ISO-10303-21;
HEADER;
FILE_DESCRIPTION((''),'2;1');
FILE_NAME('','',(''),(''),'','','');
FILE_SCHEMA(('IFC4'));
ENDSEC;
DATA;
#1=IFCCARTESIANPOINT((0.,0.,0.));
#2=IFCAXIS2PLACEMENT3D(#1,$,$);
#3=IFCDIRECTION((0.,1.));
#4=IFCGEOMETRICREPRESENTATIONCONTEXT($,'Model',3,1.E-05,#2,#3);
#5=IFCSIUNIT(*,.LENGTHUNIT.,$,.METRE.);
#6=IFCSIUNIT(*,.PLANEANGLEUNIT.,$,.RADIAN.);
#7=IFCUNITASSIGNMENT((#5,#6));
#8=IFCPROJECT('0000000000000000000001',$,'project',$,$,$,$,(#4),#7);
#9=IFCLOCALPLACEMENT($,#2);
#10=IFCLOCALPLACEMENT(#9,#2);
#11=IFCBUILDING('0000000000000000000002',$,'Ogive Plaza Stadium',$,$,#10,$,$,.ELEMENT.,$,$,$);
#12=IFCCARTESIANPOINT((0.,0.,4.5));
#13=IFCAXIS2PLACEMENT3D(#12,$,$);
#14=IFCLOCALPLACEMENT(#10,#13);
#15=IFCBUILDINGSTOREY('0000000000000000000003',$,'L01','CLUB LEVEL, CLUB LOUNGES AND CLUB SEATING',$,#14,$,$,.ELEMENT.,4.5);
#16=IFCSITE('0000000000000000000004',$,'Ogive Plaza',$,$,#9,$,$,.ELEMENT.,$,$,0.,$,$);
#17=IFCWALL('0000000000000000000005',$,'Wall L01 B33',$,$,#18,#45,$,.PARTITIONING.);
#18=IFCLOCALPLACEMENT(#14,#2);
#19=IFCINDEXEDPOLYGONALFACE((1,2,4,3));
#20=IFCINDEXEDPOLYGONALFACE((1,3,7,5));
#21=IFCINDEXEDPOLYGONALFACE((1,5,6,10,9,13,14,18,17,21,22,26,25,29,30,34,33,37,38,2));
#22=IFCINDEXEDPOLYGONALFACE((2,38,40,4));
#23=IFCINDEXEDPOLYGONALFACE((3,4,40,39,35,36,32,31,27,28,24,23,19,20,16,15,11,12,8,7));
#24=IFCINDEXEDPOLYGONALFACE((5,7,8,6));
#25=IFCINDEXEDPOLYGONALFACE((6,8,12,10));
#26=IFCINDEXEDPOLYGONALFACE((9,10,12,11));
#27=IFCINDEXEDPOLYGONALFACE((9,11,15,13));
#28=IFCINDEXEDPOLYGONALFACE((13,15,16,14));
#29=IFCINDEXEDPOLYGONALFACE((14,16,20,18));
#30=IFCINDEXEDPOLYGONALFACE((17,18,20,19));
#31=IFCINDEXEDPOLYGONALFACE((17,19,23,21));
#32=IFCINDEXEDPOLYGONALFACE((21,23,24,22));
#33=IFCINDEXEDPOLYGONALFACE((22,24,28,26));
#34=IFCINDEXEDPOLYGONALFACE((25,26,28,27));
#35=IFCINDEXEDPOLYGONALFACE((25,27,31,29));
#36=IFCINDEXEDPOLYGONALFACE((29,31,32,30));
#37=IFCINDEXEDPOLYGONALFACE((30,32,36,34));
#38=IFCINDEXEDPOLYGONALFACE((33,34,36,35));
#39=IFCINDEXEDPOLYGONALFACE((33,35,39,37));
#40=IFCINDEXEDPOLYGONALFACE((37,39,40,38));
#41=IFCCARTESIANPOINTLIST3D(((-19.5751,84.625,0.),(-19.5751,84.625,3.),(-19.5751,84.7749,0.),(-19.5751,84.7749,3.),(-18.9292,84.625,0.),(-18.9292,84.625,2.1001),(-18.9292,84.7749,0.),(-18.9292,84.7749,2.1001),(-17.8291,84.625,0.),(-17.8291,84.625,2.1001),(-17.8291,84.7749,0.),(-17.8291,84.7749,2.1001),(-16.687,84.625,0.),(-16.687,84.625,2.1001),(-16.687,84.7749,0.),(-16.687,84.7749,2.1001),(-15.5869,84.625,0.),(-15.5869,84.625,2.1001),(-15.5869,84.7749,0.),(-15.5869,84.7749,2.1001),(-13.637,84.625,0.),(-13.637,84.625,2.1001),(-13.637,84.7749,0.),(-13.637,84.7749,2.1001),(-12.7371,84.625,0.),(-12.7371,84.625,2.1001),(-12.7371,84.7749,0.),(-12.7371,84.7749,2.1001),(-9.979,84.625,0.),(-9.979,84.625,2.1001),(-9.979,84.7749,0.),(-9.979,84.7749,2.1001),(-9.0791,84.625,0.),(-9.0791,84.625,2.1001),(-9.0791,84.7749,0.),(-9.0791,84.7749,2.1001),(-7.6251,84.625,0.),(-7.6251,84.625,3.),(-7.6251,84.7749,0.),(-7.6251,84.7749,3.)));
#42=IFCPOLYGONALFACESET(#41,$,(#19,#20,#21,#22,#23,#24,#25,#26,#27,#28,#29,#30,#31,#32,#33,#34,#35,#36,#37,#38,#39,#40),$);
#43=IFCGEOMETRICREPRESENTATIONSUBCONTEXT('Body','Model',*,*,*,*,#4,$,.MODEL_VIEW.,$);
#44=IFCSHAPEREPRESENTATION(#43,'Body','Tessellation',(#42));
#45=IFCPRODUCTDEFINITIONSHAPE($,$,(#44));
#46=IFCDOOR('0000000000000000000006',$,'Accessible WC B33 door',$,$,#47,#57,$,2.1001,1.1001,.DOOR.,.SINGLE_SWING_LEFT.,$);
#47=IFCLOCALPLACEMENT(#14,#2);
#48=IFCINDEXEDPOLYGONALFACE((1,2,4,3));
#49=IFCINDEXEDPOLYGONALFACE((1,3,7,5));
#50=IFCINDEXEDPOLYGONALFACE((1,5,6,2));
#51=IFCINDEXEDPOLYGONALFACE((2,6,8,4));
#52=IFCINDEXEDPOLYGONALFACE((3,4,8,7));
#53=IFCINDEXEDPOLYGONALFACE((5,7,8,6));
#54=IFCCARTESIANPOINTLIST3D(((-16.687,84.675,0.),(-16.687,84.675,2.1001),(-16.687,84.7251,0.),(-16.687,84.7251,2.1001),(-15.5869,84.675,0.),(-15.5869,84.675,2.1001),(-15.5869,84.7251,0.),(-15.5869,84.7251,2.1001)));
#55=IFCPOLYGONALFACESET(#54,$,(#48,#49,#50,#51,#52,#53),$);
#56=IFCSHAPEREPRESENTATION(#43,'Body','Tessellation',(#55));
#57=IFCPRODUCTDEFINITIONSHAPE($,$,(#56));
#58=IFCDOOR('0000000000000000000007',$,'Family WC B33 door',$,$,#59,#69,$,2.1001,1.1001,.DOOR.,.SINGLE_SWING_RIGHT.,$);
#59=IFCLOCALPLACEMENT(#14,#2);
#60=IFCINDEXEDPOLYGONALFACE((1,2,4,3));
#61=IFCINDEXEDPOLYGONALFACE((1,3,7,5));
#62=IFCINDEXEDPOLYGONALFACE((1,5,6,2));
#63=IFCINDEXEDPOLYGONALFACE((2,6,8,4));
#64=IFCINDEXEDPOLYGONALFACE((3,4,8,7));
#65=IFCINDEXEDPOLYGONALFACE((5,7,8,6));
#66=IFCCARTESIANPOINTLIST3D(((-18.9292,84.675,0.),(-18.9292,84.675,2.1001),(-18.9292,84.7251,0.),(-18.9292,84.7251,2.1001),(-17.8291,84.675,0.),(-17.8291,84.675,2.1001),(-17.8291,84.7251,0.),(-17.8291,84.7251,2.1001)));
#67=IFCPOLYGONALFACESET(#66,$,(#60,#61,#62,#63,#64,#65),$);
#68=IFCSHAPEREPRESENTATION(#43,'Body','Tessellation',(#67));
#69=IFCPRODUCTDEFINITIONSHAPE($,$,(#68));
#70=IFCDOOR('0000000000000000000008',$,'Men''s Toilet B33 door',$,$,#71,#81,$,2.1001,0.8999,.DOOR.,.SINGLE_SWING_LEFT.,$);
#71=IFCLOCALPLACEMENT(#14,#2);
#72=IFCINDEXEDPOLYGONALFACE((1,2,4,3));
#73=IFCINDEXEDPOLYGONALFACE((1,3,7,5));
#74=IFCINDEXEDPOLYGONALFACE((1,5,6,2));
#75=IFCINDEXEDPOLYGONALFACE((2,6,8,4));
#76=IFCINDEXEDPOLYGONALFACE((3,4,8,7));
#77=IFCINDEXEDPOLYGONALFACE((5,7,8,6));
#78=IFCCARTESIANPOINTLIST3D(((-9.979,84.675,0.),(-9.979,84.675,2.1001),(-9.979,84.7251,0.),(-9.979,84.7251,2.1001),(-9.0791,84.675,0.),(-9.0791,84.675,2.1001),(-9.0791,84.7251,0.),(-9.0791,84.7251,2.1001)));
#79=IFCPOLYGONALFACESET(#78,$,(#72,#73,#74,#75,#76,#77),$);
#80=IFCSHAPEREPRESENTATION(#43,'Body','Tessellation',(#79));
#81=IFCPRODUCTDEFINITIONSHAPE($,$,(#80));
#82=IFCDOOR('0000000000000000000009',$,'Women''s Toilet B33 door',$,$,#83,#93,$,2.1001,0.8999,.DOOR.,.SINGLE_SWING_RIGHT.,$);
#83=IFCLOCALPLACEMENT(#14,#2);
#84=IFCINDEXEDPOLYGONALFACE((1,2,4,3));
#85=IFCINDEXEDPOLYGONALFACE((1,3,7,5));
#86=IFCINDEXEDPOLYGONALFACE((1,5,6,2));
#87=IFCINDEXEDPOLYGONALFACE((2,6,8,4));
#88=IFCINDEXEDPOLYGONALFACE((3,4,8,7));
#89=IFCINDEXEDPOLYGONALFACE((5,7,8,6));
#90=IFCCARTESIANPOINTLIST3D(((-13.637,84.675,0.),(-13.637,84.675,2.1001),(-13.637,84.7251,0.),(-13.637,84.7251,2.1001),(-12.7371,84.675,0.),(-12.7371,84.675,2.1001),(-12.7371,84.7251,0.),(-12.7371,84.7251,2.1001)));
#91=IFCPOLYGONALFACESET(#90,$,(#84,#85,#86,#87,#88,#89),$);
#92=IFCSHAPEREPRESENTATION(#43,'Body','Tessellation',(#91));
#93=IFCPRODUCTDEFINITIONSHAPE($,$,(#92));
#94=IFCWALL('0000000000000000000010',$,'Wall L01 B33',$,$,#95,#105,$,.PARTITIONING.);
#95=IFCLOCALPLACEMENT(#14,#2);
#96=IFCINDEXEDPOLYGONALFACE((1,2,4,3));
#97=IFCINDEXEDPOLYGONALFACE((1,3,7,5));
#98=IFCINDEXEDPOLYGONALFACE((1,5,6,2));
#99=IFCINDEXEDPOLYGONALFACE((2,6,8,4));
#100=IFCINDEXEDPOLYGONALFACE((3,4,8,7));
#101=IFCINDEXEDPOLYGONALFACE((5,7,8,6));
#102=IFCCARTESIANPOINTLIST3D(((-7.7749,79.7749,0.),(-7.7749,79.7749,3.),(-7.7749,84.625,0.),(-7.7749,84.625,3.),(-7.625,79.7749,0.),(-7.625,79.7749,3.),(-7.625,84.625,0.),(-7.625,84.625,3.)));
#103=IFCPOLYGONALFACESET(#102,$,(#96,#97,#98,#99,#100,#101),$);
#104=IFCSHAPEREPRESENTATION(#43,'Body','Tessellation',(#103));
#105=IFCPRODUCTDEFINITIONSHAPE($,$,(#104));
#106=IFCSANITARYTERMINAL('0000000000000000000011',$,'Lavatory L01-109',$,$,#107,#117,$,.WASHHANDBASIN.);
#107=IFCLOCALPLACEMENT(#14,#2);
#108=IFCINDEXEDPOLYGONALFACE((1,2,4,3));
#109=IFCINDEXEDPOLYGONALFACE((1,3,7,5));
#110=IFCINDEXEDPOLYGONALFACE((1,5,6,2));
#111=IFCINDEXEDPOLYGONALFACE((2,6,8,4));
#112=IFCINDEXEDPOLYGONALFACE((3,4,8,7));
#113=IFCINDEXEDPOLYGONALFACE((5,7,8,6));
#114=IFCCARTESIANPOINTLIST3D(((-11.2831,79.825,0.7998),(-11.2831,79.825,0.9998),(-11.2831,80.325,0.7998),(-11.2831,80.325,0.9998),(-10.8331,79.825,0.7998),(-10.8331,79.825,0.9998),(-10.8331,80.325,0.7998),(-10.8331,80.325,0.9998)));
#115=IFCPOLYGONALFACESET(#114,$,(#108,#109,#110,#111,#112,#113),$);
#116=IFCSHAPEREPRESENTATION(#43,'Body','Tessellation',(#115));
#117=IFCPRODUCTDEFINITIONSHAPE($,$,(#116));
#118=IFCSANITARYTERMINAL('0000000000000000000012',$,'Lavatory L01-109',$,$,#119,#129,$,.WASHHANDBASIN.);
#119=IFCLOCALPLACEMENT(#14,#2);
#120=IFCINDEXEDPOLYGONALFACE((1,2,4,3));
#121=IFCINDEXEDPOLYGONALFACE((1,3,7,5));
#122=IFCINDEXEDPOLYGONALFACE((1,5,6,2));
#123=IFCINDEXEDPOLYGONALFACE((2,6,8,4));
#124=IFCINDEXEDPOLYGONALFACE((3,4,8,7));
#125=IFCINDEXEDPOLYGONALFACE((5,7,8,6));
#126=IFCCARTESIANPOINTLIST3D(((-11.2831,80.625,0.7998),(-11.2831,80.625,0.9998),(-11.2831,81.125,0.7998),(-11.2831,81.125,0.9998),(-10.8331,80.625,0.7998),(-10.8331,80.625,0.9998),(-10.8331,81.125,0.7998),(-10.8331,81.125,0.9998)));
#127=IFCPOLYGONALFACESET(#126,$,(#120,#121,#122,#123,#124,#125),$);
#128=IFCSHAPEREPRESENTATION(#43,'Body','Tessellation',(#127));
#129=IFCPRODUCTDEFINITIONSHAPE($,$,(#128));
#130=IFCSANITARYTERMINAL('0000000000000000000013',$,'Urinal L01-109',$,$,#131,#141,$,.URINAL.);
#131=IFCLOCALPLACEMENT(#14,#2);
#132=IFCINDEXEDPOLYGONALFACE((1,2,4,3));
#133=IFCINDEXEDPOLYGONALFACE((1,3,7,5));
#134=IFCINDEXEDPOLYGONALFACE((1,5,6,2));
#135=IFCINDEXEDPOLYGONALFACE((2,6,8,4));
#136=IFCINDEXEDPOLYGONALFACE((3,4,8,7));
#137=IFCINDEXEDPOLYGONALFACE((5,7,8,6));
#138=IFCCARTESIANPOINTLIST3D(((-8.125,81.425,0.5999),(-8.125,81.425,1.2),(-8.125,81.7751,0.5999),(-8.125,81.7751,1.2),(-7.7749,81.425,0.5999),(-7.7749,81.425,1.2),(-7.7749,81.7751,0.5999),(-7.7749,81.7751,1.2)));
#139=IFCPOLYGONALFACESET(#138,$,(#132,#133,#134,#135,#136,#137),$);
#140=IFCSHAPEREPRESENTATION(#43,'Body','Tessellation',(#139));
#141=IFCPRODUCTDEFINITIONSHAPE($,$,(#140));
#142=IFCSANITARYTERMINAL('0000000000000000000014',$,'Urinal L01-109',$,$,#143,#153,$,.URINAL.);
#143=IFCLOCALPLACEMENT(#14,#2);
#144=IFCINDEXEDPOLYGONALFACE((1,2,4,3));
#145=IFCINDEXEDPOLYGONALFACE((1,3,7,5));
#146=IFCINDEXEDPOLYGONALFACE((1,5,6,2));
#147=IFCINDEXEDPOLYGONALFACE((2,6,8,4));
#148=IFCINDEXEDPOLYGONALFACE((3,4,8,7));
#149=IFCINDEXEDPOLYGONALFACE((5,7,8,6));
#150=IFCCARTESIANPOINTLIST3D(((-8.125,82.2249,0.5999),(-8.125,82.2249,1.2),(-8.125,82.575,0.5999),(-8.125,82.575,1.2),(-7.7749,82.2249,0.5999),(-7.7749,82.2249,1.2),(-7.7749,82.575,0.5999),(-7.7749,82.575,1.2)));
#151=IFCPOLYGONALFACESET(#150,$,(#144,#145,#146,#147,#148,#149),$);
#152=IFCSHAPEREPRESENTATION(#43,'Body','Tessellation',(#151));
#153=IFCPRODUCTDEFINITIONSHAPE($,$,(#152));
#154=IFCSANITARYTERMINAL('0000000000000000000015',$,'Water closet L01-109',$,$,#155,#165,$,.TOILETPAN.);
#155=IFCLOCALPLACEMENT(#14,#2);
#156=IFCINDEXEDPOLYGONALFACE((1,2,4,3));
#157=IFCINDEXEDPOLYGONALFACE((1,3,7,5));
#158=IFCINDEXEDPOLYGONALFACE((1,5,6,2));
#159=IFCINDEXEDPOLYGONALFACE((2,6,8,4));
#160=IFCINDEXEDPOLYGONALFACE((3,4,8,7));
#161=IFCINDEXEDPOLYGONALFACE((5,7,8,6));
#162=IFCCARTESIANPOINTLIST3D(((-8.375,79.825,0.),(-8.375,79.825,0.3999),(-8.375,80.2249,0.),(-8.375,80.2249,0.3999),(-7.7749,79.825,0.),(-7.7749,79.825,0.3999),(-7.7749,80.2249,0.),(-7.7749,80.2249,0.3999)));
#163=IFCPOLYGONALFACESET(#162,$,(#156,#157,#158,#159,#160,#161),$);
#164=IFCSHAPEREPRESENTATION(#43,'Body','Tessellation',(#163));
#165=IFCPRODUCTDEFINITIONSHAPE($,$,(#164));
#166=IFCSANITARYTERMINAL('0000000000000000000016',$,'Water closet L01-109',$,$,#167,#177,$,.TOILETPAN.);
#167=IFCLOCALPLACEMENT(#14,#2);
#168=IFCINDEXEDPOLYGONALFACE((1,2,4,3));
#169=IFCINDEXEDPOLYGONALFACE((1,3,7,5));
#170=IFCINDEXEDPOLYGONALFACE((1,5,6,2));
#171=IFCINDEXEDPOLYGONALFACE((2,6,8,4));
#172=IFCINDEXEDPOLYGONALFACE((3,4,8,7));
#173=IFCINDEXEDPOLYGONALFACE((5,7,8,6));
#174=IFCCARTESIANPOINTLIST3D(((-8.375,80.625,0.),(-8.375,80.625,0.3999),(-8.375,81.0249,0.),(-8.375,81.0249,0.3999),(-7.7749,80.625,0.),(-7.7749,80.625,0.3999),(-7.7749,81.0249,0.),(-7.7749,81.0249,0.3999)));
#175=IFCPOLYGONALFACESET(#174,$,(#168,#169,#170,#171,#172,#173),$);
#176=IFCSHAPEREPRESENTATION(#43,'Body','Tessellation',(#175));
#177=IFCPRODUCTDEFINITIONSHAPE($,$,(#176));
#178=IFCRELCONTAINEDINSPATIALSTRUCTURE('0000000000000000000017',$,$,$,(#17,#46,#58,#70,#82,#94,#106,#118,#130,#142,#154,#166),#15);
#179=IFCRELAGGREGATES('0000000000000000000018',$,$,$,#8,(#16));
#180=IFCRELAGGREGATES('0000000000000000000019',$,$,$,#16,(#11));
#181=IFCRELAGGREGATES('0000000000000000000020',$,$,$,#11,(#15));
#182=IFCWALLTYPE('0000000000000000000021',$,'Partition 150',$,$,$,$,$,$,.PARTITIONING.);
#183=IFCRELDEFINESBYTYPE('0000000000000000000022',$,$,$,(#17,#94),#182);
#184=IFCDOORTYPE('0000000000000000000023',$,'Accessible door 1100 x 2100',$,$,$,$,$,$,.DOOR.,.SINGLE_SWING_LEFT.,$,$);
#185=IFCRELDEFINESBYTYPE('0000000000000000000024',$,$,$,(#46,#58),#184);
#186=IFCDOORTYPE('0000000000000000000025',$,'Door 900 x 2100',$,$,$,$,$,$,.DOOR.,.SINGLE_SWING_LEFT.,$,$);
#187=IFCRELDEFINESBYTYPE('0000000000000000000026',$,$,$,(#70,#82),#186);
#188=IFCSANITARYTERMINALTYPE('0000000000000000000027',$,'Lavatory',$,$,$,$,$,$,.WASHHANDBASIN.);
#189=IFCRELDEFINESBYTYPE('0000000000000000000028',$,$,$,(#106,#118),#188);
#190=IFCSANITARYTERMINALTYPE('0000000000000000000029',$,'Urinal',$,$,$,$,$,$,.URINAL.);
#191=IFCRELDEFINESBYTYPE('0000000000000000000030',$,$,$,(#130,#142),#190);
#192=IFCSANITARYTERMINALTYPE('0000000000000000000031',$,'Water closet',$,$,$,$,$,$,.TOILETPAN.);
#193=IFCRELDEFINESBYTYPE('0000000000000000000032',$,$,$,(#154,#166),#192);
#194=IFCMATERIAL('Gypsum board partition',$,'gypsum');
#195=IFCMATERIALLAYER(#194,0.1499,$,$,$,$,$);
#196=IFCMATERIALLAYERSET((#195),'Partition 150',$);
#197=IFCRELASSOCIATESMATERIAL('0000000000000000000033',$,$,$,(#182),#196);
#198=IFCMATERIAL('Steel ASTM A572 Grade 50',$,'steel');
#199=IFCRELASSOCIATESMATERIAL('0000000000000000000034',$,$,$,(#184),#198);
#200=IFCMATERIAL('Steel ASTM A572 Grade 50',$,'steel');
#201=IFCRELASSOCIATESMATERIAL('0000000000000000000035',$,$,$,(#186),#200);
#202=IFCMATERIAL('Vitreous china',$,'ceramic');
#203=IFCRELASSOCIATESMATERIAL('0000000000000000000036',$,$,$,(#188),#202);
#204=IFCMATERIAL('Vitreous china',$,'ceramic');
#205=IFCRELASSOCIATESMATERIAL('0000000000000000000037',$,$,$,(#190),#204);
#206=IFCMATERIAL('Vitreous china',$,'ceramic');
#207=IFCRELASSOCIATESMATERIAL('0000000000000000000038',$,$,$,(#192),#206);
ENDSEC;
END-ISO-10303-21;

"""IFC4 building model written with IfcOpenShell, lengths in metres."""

from ifc_helpers import new_model, si_unit, direction, frame, frame_2d, origin, origin_2d, place, context, subcontext, project, spatial, rectangle, extrude, material, layer, layer_set, type_object, element, fill, save


model = new_model("IFC4")

# Units and contexts
model_context = context("Model", 3, precision=1e-05, world=origin(), true_north=direction((0.0, 1.0)))
body_context = subcontext(model_context, "Body", "Model", "MODEL_VIEW")
ifc_project = project(units=[si_unit("LENGTHUNIT", "METRE"), si_unit("PLANEANGLEUNIT", "RADIAN")], contexts=[model_context])

# Site, building, storey
site_placement = place(None, origin())
site = spatial("IfcSite", under=ifc_project, at=site_placement, Name="Ogive Plaza", CompositionType="ELEMENT", RefElevation=0.0)
building_placement = place(site_placement, origin())
building = spatial("IfcBuilding", under=site, at=building_placement, Name="Ogive Plaza Stadium", CompositionType="ELEMENT")
storey_placement = place(building_placement, frame((0.0, 0.0, 4.5)))
storey = spatial("IfcBuildingStorey", under=building, at=storey_placement, Name="L01", Description="CLUB LEVEL, CLUB LOUNGES AND CLUB SEATING", CompositionType="ELEMENT", Elevation=4.5)

# Shared definitions
ifc_material_1 = material(Name="Gypsum board partition", Category="gypsum")
ifc_layer_1 = layer(ifc_material_1, 0.1499)
ifc_layer_set_1 = layer_set([ifc_layer_1], Name="Partition 150")
wall_type_1 = type_object("IfcWallType", Name="Partition 150", PredefinedType="PARTITIONING", material=ifc_layer_set_1)

# Wall, openings, doors
wall_1_placement = place(storey_placement, frame((-7.625, 84.7, 0.0), z_axis=(0.0, 0.0, 1.0), x_axis=(-1.0, 0.0, 0.0)))
wall_1 = element("IfcWall", 1, at=wall_1_placement, inside=storey, type_object=wall_type_1, Name="Wall L01 B33", PredefinedType="PARTITIONING", context=body_context, shape_type="SweptSolid", body=[
    extrude(rectangle(XDim=11.95, YDim=0.1499, at=frame_2d((5.9751, 0.0))), origin(), (0.0, 0.0, 1.0), 3.0),
])
opening_1_placement = place(wall_1_placement, frame((1.4541, 0.0, 0.0)))
opening_1 = element("IfcOpeningElement", 2, at=opening_1_placement, cuts=wall_1, PredefinedType="OPENING", context=body_context, shape_type="SweptSolid", body=[
    extrude(rectangle(XDim=0.8999, YDim=2.1001, at=frame_2d((0.45, 1.05))), frame((0.0, 0.075, 0.0), z_axis=(0.0, -1.0, 0.0), x_axis=(1.0, 0.0, 0.0)), (0.0, 0.0, 1.0), 0.1499),
])
opening_2_placement = place(wall_1_placement, frame((5.1121, 0.0, 0.0)))
opening_2 = element("IfcOpeningElement", 3, at=opening_2_placement, cuts=wall_1, PredefinedType="OPENING", context=body_context, shape_type="SweptSolid", body=[
    extrude(rectangle(XDim=0.8999, YDim=2.1001, at=frame_2d((0.45, 1.05))), frame((0.0, 0.075, 0.0), z_axis=(0.0, -1.0, 0.0), x_axis=(1.0, 0.0, 0.0)), (0.0, 0.0, 1.0), 0.1499),
])
opening_3_placement = place(wall_1_placement, frame((7.9619, 0.0, 0.0)))
opening_3 = element("IfcOpeningElement", 4, at=opening_3_placement, cuts=wall_1, PredefinedType="OPENING", context=body_context, shape_type="SweptSolid", body=[
    extrude(rectangle(XDim=1.1001, YDim=2.1001, at=frame_2d((0.55, 1.05))), frame((0.0, 0.075, 0.0), z_axis=(0.0, -1.0, 0.0), x_axis=(1.0, 0.0, 0.0)), (0.0, 0.0, 1.0), 0.1499),
])
opening_4_placement = place(wall_1_placement, frame((10.2041, 0.0, 0.0)))
opening_4 = element("IfcOpeningElement", 5, at=opening_4_placement, cuts=wall_1, PredefinedType="OPENING", context=body_context, shape_type="SweptSolid", body=[
    extrude(rectangle(XDim=1.1001, YDim=2.1001, at=frame_2d((0.55, 1.05))), frame((0.0, 0.075, 0.0), z_axis=(0.0, -1.0, 0.0), x_axis=(1.0, 0.0, 0.0)), (0.0, 0.0, 1.0), 0.1499),
])
ifc_material_2 = material(Name="Steel ASTM A572 Grade 50", Category="steel")
door_type_1 = type_object("IfcDoorType", Name="Accessible door 1100 x 2100", OperationType="SINGLE_SWING_LEFT", PredefinedType="DOOR", material=ifc_material_2)
door_1_placement = place(opening_3_placement, origin())
door_1 = element("IfcDoor", 6, at=door_1_placement, inside=storey, type_object=door_type_1, Name="Accessible WC B33 door", OperationType="SINGLE_SWING_LEFT", OverallHeight=2.1001, OverallWidth=1.1001, PredefinedType="DOOR", context=body_context, shape_type="SweptSolid", body=[
    extrude(rectangle(XDim=1.1001, YDim=2.1001, at=frame_2d((0.55, 1.05))), frame((0.0, 0.0249, 0.0), z_axis=(0.0, -1.0, 0.0), x_axis=(1.0, 0.0, 0.0)), (0.0, 0.0, 1.0), 0.05),
])
fill(opening_3, door_1)
door_2_placement = place(opening_4_placement, origin())
door_2 = element("IfcDoor", 7, at=door_2_placement, inside=storey, type_object=door_type_1, Name="Family WC B33 door", OperationType="SINGLE_SWING_RIGHT", OverallHeight=2.1001, OverallWidth=1.1001, PredefinedType="DOOR", context=body_context, shape_type="SweptSolid", body=[
    extrude(rectangle(XDim=1.1001, YDim=2.1001, at=frame_2d((0.55, 1.05))), frame((0.0, 0.0249, 0.0), z_axis=(0.0, -1.0, 0.0), x_axis=(1.0, 0.0, 0.0)), (0.0, 0.0, 1.0), 0.05),
])
fill(opening_4, door_2)
ifc_material_3 = material(Name="Steel ASTM A572 Grade 50", Category="steel")
door_type_2 = type_object("IfcDoorType", Name="Door 900 x 2100", OperationType="SINGLE_SWING_LEFT", PredefinedType="DOOR", material=ifc_material_3)
door_3_placement = place(opening_1_placement, origin())
door_3 = element("IfcDoor", 8, at=door_3_placement, inside=storey, type_object=door_type_2, Name="Men's Toilet B33 door", OperationType="SINGLE_SWING_LEFT", OverallHeight=2.1001, OverallWidth=0.8999, PredefinedType="DOOR", context=body_context, shape_type="SweptSolid", body=[
    extrude(rectangle(XDim=0.8999, YDim=2.1001, at=frame_2d((0.45, 1.05))), frame((0.0, 0.0249, 0.0), z_axis=(0.0, -1.0, 0.0), x_axis=(1.0, 0.0, 0.0)), (0.0, 0.0, 1.0), 0.05),
])
fill(opening_1, door_3)
door_4_placement = place(opening_2_placement, origin())
door_4 = element("IfcDoor", 9, at=door_4_placement, inside=storey, type_object=door_type_2, Name="Women's Toilet B33 door", OperationType="SINGLE_SWING_RIGHT", OverallHeight=2.1001, OverallWidth=0.8999, PredefinedType="DOOR", context=body_context, shape_type="SweptSolid", body=[
    extrude(rectangle(XDim=0.8999, YDim=2.1001, at=frame_2d((0.45, 1.05))), frame((0.0, 0.0249, 0.0), z_axis=(0.0, -1.0, 0.0), x_axis=(1.0, 0.0, 0.0)), (0.0, 0.0, 1.0), 0.05),
])
fill(opening_2, door_4)

# Wall
wall_2_placement = place(storey_placement, frame((-7.7, 79.7749, 0.0), z_axis=(0.0, 0.0, 1.0), x_axis=(0.0, 1.0, 0.0)))
element("IfcWall", 10, at=wall_2_placement, inside=storey, type_object=wall_type_1, Name="Wall L01 B33", PredefinedType="PARTITIONING", context=body_context, shape_type="SweptSolid", body=[
    extrude(rectangle(XDim=4.8501, YDim=0.1499, at=frame_2d((2.425, 0.0))), origin(), (0.0, 0.0, 1.0), 3.0),
])

# Sanitary terminals
ifc_material_4 = material(Name="Vitreous china", Category="ceramic")
sanitary_terminal_type_1 = type_object("IfcSanitaryTerminalType", Name="Lavatory", PredefinedType="WASHHANDBASIN", material=ifc_material_4)
for number, where, z_axis, x_axis, name in (
    (11, (-11.0581, 80.075, 0.7998), (0.0, 0.0, 1.0), (0.0, 1.0, 0.0), "Lavatory L01-109"),
    (12, (-11.0581, 80.875, 0.7998), (0.0, 0.0, 1.0), (0.0, 1.0, 0.0), "Lavatory L01-109"),
):
    element("IfcSanitaryTerminal", number, at=place(storey_placement, frame(where, z_axis=z_axis, x_axis=x_axis)), inside=storey, type_object=sanitary_terminal_type_1, Name=name, PredefinedType="WASHHANDBASIN", context=body_context, shape_type="SweptSolid", body=[
        extrude(rectangle(XDim=0.5, YDim=0.45, at=origin_2d()), origin(), (0.0, 0.0, 1.0), 0.2),
    ])
ifc_material_5 = material(Name="Vitreous china", Category="ceramic")
sanitary_terminal_type_2 = type_object("IfcSanitaryTerminalType", Name="Urinal", PredefinedType="URINAL", material=ifc_material_5)
for number, where, z_axis, x_axis, name in (
    (13, (-7.95, 81.6001, 0.5999), (0.0, 0.0, 1.0), (0.0, 1.0, 0.0), "Urinal L01-109"),
    (14, (-7.95, 82.3999, 0.5999), (0.0, 0.0, 1.0), (0.0, 1.0, 0.0), "Urinal L01-109"),
):
    element("IfcSanitaryTerminal", number, at=place(storey_placement, frame(where, z_axis=z_axis, x_axis=x_axis)), inside=storey, type_object=sanitary_terminal_type_2, Name=name, PredefinedType="URINAL", context=body_context, shape_type="SweptSolid", body=[
        extrude(rectangle(XDim=0.3501, YDim=0.3501, at=origin_2d()), origin(), (0.0, 0.0, 1.0), 0.6001),
    ])
ifc_material_6 = material(Name="Vitreous china", Category="ceramic")
sanitary_terminal_type_3 = type_object("IfcSanitaryTerminalType", Name="Water closet", PredefinedType="TOILETPAN", material=ifc_material_6)
for number, where, z_axis, x_axis, name in (
    (15, (-8.075, 80.0249, 0.0), (0.0, 0.0, 1.0), (0.0, 1.0, 0.0), "Water closet L01-109"),
    (16, (-8.075, 80.825, 0.0), (0.0, 0.0, 1.0), (0.0, 1.0, 0.0), "Water closet L01-109"),
):
    element("IfcSanitaryTerminal", number, at=place(storey_placement, frame(where, z_axis=z_axis, x_axis=x_axis)), inside=storey, type_object=sanitary_terminal_type_3, Name=name, PredefinedType="TOILETPAN", context=body_context, shape_type="SweptSolid", body=[
        extrude(rectangle(XDim=0.3999, YDim=0.6001, at=origin_2d()), origin(), (0.0, 0.0, 1.0), 0.3999),
    ])

save(model, "model.ifc")
